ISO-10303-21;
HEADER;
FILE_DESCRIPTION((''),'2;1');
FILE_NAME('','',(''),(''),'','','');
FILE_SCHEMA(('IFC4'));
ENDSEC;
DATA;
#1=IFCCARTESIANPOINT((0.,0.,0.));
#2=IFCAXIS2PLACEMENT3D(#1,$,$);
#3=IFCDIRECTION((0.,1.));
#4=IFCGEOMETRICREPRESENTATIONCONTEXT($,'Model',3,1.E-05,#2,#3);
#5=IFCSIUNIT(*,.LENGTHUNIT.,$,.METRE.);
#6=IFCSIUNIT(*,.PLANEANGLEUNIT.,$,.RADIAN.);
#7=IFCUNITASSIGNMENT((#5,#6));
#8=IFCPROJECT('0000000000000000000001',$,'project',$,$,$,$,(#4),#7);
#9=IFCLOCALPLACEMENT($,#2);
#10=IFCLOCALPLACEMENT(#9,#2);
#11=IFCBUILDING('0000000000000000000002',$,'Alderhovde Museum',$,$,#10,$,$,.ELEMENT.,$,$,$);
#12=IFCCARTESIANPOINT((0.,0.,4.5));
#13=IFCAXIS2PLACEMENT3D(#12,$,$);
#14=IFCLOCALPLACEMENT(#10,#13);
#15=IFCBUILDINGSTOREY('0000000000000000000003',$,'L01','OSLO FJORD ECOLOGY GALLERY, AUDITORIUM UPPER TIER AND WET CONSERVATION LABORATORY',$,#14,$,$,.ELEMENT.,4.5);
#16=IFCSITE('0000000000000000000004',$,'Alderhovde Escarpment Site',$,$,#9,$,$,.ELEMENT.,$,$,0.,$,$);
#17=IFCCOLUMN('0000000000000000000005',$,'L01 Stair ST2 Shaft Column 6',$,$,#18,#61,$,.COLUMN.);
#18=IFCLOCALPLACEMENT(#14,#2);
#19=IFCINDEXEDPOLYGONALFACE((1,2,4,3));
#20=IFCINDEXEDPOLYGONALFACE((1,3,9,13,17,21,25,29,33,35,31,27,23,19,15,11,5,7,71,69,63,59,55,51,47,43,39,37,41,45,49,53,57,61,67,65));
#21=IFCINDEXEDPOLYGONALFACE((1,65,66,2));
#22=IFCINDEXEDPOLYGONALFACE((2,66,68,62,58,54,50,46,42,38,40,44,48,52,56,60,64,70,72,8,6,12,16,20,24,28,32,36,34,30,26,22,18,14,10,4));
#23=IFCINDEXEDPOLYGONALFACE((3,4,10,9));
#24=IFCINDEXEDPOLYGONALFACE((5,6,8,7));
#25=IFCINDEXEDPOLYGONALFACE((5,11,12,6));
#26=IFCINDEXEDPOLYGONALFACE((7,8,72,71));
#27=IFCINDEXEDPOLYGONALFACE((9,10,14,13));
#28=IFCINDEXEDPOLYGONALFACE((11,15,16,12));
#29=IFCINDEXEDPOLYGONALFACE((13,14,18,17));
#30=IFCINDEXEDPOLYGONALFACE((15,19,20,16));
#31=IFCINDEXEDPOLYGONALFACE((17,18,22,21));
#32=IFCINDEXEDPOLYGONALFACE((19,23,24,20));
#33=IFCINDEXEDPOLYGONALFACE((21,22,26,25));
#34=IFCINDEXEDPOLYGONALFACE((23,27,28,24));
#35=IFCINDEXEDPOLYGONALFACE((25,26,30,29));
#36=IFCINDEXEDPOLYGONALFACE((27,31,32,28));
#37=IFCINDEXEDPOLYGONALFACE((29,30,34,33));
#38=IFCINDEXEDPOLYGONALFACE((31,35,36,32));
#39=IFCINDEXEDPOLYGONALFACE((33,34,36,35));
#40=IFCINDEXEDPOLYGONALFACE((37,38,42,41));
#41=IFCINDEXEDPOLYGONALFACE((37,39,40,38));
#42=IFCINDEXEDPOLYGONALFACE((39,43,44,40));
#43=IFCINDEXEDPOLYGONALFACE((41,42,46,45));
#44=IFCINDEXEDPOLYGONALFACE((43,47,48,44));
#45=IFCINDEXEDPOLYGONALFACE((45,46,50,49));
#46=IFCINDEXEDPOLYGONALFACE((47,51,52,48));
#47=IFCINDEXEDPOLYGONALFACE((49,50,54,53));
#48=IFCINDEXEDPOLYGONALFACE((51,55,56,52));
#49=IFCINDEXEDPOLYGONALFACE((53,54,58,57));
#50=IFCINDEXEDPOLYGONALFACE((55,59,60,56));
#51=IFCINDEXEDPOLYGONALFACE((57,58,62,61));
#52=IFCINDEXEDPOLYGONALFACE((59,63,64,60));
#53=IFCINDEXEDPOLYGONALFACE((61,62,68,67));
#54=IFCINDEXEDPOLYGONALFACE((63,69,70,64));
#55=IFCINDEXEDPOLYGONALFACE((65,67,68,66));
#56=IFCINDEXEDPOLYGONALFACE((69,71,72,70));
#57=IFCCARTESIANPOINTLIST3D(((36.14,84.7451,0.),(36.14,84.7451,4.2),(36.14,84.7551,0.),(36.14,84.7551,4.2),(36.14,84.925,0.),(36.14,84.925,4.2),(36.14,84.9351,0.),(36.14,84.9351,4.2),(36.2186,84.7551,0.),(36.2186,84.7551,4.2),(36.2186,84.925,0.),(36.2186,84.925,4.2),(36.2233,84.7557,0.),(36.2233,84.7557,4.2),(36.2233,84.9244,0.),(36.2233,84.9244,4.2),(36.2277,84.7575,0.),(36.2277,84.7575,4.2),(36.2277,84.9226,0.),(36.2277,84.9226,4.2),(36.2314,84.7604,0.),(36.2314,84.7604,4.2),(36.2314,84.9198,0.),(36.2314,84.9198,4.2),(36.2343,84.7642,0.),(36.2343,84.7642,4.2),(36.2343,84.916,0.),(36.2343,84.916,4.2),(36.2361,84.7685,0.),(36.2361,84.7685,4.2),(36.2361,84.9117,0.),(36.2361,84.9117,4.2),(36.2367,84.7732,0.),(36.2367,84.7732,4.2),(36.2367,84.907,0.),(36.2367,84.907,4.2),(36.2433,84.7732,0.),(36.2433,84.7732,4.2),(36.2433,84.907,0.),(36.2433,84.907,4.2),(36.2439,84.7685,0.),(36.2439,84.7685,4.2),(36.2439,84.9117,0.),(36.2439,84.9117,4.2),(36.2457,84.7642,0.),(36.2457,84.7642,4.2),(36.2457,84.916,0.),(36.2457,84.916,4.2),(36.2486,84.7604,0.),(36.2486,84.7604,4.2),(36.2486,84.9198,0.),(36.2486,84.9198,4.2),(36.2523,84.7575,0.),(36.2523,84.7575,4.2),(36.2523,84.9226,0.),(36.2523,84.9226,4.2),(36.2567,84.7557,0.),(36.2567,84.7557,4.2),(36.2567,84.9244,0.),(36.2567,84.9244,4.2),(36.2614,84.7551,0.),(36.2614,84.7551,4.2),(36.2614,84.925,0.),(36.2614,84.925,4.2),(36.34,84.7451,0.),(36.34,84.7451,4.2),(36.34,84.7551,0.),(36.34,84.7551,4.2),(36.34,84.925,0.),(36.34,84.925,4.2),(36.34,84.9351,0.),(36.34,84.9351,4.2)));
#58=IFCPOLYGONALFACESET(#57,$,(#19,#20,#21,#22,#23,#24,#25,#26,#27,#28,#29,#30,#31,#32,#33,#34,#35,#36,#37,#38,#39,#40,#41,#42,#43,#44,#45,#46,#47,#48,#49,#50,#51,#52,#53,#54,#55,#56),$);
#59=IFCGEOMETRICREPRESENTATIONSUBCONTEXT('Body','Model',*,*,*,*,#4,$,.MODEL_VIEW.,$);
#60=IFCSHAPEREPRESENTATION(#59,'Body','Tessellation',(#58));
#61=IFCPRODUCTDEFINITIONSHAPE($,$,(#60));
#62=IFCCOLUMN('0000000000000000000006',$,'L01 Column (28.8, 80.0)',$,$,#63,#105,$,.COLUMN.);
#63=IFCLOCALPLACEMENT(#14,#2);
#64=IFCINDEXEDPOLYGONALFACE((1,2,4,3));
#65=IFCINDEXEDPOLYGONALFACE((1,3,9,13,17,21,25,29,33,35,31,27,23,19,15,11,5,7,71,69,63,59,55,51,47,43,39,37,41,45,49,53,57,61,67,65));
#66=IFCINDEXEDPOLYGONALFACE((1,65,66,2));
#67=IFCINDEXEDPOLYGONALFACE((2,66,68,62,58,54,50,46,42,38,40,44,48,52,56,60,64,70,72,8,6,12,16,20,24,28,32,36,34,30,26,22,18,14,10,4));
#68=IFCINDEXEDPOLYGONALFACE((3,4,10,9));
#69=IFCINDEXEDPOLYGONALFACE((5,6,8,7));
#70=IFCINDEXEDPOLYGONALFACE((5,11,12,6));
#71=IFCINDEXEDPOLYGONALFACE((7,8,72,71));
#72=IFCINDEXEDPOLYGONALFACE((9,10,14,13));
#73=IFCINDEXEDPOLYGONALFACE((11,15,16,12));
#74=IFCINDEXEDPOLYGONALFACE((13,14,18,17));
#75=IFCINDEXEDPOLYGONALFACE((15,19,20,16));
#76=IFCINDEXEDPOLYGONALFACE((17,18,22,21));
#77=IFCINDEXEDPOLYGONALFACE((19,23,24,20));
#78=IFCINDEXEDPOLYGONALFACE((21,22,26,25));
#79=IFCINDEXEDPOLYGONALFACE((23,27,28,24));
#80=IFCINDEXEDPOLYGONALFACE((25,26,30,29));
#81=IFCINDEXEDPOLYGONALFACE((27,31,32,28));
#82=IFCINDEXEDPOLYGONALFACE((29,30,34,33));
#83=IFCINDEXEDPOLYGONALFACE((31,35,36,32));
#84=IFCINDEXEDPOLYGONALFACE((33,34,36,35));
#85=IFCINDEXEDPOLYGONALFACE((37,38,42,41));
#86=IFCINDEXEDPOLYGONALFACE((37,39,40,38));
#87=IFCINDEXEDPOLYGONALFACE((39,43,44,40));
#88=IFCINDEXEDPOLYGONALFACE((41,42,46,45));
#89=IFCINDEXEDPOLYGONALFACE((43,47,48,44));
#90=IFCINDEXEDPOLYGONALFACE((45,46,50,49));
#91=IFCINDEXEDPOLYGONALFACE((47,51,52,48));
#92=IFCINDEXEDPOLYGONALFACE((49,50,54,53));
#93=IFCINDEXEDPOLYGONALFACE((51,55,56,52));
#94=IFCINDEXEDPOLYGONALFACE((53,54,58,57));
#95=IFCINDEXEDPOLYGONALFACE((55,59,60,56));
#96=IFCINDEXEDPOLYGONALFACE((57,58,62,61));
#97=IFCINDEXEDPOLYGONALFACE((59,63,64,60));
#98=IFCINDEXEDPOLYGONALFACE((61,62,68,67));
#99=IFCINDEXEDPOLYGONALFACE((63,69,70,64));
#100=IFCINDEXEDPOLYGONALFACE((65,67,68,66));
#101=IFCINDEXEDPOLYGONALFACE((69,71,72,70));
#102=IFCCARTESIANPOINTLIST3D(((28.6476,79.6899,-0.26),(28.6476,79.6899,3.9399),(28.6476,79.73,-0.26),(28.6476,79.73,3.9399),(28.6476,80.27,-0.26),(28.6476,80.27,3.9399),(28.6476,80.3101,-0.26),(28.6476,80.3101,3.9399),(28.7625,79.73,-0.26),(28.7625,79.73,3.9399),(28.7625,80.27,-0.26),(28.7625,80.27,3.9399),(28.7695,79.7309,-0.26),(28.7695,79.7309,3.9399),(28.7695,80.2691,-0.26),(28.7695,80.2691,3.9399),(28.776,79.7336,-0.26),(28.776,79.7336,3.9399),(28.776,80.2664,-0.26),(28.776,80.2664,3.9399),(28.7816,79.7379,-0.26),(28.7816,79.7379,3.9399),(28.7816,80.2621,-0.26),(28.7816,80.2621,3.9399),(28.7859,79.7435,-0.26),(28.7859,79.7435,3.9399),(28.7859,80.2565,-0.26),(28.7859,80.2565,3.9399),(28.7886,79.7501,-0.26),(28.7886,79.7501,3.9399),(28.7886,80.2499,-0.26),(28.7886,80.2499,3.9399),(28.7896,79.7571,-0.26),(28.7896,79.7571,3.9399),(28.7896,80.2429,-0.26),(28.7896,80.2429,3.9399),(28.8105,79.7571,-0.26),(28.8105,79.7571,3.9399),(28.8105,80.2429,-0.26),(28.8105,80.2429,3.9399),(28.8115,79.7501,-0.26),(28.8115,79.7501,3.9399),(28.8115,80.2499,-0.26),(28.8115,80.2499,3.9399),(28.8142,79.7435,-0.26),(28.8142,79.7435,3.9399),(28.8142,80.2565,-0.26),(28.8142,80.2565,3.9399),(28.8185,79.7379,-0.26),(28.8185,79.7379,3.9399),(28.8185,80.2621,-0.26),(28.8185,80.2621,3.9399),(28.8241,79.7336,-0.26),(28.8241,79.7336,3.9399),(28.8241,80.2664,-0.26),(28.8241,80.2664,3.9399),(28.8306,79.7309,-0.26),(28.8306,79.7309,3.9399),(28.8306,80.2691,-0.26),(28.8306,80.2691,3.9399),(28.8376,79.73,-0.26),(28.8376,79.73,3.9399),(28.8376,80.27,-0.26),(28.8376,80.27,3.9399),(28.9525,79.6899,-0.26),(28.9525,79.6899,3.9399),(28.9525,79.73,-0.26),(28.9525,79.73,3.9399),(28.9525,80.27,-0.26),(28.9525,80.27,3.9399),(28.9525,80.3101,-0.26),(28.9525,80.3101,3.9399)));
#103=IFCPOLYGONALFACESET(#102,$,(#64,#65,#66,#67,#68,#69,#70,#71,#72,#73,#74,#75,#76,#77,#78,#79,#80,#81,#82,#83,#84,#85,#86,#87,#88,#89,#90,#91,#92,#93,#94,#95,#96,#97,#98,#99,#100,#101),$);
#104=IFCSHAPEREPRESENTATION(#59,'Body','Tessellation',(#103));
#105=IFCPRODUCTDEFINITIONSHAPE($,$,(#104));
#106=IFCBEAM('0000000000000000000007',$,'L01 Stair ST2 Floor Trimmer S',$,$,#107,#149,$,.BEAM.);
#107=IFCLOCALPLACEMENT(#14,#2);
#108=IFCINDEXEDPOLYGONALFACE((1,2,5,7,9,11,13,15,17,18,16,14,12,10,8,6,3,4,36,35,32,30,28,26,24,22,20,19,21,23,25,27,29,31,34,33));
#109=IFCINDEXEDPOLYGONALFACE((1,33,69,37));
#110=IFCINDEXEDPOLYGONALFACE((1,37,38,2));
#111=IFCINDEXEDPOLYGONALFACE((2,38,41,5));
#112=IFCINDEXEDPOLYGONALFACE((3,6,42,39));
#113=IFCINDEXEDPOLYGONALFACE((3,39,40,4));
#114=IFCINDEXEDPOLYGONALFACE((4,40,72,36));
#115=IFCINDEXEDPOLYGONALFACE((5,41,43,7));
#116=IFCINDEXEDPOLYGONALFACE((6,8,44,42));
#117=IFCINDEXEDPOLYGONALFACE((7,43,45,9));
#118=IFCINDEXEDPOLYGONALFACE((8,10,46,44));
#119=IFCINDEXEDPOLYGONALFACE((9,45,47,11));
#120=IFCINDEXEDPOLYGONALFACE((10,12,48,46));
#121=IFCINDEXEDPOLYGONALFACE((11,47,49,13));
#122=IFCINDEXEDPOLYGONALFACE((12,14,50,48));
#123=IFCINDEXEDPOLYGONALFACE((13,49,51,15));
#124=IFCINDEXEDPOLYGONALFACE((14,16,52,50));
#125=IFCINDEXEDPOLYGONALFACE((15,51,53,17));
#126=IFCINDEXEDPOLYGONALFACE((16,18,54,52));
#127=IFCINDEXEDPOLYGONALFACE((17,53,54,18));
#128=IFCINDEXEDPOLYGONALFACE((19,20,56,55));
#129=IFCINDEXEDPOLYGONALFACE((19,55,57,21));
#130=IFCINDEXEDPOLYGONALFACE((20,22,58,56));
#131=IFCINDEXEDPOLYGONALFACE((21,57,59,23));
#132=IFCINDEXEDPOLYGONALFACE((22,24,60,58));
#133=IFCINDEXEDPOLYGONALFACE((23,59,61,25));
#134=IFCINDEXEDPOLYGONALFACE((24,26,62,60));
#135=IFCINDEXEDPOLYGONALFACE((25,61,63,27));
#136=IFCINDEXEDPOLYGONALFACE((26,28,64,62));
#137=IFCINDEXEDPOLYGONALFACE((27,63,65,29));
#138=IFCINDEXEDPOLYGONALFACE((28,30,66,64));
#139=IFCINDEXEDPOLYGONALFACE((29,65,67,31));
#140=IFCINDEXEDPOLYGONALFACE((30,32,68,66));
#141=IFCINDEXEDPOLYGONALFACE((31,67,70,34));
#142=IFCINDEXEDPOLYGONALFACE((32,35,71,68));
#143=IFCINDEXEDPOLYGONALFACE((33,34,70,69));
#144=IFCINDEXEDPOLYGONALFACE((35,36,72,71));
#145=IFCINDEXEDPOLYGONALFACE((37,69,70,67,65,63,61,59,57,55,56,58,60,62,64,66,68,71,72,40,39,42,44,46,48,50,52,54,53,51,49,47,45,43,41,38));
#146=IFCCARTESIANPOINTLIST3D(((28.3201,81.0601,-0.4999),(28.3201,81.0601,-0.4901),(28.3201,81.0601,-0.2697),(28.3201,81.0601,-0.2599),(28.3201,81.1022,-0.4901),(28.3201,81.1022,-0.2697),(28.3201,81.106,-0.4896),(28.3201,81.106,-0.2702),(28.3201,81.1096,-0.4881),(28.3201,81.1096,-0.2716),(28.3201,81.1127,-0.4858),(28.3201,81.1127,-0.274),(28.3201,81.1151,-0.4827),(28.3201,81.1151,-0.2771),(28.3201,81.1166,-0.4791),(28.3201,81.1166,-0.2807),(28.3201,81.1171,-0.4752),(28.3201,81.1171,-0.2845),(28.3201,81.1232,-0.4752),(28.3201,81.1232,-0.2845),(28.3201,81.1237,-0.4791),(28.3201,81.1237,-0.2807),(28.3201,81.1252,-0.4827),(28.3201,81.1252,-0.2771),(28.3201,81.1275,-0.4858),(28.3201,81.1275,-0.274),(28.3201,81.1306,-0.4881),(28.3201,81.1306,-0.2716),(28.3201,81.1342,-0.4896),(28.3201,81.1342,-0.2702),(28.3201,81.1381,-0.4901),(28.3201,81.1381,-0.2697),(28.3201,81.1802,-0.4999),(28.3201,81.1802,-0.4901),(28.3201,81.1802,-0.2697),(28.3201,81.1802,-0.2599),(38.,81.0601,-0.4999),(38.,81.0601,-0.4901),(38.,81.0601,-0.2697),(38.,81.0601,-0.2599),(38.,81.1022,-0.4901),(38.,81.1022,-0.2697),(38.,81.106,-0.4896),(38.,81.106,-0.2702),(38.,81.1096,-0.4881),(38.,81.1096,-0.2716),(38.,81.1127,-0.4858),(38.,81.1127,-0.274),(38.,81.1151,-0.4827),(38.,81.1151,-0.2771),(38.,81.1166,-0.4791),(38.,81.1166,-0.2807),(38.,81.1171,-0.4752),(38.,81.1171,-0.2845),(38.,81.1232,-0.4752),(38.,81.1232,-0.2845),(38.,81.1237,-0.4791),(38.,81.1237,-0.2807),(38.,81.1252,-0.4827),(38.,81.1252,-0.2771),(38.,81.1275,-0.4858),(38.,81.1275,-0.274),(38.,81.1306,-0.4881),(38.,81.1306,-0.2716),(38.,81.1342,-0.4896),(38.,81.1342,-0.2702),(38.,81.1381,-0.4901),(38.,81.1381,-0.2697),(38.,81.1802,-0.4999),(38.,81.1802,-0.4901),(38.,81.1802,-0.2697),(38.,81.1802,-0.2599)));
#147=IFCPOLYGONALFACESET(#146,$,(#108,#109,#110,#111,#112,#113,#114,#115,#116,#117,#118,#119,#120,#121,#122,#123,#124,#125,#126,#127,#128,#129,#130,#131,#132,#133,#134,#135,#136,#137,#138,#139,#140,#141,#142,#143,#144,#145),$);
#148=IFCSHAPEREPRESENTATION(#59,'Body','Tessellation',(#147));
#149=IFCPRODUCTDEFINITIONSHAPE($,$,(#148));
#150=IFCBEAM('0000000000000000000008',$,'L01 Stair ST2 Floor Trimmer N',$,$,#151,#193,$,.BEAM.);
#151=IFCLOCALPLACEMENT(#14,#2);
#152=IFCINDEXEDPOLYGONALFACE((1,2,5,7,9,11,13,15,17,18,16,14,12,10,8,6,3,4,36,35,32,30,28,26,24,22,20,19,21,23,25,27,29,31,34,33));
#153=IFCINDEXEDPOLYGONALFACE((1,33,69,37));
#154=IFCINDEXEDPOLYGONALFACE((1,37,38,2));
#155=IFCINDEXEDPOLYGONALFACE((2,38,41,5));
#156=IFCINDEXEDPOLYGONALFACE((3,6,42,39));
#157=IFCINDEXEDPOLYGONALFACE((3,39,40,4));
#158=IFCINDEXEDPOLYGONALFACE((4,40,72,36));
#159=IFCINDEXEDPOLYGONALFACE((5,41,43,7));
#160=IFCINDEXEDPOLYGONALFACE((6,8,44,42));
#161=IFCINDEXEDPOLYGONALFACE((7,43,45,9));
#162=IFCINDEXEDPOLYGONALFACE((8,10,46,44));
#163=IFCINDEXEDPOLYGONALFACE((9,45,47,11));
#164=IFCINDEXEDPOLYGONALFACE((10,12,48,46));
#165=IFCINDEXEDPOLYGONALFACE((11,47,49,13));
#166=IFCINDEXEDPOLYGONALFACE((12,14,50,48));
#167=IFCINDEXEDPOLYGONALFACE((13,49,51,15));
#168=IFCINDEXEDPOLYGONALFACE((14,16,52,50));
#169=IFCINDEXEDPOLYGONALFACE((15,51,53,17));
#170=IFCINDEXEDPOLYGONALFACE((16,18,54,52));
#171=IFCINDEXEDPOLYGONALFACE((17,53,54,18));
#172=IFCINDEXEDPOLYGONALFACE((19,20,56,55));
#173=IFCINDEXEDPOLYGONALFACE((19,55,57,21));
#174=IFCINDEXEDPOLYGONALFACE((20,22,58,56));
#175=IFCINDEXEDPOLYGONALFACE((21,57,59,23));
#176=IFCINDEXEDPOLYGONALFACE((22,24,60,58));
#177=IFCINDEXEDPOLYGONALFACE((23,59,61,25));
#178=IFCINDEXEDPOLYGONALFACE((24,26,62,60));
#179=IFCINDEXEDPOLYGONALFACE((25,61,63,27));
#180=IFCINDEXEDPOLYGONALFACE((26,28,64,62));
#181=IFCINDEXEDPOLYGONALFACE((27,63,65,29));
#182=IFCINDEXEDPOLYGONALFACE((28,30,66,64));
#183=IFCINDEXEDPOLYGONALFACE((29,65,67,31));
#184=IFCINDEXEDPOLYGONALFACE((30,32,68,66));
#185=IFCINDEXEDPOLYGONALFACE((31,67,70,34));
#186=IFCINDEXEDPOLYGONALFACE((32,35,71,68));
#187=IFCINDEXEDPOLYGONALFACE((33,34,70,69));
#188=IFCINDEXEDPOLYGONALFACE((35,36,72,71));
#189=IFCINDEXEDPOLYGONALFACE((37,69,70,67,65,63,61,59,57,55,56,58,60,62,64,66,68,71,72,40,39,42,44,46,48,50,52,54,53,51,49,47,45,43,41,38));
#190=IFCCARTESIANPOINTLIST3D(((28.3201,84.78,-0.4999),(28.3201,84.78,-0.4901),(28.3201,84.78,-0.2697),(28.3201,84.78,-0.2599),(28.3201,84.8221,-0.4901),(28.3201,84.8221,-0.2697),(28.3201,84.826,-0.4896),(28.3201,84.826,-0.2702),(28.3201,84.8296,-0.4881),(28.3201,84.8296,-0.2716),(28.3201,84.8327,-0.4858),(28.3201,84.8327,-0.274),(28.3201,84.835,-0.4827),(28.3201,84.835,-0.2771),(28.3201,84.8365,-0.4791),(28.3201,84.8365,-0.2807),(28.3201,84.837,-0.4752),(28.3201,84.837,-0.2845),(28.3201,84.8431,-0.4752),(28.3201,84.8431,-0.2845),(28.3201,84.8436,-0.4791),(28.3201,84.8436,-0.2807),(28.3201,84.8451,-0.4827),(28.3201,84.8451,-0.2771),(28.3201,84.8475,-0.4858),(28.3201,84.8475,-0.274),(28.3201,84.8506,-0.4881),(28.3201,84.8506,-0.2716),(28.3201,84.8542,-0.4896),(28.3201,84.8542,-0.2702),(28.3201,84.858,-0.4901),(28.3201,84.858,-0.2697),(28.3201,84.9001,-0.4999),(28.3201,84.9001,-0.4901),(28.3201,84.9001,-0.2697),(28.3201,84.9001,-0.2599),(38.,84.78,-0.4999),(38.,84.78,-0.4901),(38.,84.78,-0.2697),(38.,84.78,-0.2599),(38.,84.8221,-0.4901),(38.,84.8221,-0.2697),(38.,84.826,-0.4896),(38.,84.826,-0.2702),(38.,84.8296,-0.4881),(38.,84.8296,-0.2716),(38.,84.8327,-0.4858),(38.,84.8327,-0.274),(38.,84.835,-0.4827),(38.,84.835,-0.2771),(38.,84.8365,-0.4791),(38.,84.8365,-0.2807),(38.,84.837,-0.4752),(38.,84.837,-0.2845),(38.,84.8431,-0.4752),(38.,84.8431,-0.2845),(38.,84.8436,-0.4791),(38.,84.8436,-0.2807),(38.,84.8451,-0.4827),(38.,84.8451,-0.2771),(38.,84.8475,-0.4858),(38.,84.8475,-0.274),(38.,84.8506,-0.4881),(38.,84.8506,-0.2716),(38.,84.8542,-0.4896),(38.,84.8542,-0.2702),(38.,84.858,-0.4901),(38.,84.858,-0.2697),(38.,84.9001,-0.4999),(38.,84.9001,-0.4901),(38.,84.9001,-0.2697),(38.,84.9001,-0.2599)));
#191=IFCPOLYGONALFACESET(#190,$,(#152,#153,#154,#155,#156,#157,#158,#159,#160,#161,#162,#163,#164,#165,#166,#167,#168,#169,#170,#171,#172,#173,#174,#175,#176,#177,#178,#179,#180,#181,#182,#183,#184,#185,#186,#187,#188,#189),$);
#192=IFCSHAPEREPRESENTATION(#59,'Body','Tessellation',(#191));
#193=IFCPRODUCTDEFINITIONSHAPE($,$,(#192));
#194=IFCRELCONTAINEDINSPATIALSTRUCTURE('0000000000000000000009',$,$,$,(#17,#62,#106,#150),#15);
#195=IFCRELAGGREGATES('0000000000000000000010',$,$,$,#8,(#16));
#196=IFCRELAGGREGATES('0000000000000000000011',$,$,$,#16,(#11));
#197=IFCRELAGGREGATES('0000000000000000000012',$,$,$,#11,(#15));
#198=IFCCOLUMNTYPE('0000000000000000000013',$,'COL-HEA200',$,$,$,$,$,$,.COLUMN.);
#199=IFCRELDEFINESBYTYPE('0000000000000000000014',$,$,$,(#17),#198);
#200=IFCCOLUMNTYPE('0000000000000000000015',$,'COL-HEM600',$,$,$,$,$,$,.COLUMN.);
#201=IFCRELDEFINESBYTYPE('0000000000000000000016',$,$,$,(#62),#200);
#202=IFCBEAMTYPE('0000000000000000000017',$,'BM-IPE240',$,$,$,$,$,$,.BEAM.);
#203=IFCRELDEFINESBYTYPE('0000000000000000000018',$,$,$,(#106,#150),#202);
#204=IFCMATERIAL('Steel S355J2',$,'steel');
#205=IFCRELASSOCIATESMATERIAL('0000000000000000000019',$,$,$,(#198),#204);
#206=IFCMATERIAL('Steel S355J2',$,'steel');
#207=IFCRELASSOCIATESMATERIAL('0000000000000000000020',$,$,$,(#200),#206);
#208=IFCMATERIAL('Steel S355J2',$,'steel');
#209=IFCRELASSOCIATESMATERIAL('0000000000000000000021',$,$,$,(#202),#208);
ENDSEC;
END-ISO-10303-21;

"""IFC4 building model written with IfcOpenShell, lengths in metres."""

from ifc_helpers import new_model, si_unit, direction, frame, origin, origin_2d, place, context, subcontext, project, spatial, i_section, extrude, material, material_profile, profile_set, type_object, element, save


model = new_model("IFC4")

# Units and contexts
model_context = context("Model", 3, precision=1e-05, world=origin(), true_north=direction((0.0, 1.0)))
body_context = subcontext(model_context, "Body", "Model", "MODEL_VIEW")
ifc_project = project(units=[si_unit("LENGTHUNIT", "METRE"), si_unit("PLANEANGLEUNIT", "RADIAN")], contexts=[model_context])

# Site, building, storey
site_placement = place(None, origin())
site = spatial("IfcSite", under=ifc_project, at=site_placement, Name="Alderhovde Escarpment Site", CompositionType="ELEMENT", RefElevation=0.0)
building_placement = place(site_placement, origin())
building = spatial("IfcBuilding", under=site, at=building_placement, Name="Alderhovde Museum", CompositionType="ELEMENT")
storey_placement = place(building_placement, frame((0.0, 0.0, 4.5)))
storey = spatial("IfcBuildingStorey", under=building, at=storey_placement, Name="L01", Description="OSLO FJORD ECOLOGY GALLERY, AUDITORIUM UPPER TIER AND WET CONSERVATION LABORATORY", CompositionType="ELEMENT", Elevation=4.5)

# Columns
ifc_material_1 = material(Name="Steel S355J2", Category="steel")
ifc_material_profile_1 = material_profile(ifc_material_1, i_section(OverallWidth=0.2, OverallDepth=0.1899, WebThickness=0.0066, FlangeThickness=0.01, FilletRadius=0.0181, at=origin_2d()), Name="HEA 200")
ifc_profile_set_1 = profile_set([ifc_material_profile_1], Name="Steel S355J2")
column_type_1 = type_object("IfcColumnType", Name="COL-HEA200", PredefinedType="COLUMN", material=ifc_profile_set_1)
for number, where, z_axis, x_axis, name in (
    (1, (36.24, 84.8401, 0.0), (0.0, 0.0, 1.0), (1.0, 0.0, 0.0), "L01 Stair ST2 Shaft Column 6"),
):
    element("IfcColumn", number, at=place(storey_placement, frame(where, z_axis=z_axis, x_axis=x_axis)), inside=storey, type_object=column_type_1, Name=name, PredefinedType="COLUMN", context=body_context, shape_type="SweptSolid", body=[
        extrude(i_section(OverallWidth=0.2, OverallDepth=0.1899, WebThickness=0.0066, FlangeThickness=0.01, FilletRadius=0.0181, at=origin_2d()), origin(), (0.0, 0.0, 1.0), 4.2),
    ])
ifc_material_2 = material(Name="Steel S355J2", Category="steel")
ifc_material_profile_2 = material_profile(ifc_material_2, i_section(OverallWidth=0.3049, OverallDepth=0.6201, WebThickness=0.021, FlangeThickness=0.04, FilletRadius=0.0271, at=origin_2d()), Name="HEM 600")
ifc_profile_set_2 = profile_set([ifc_material_profile_2], Name="Steel S355J2")
column_type_2 = type_object("IfcColumnType", Name="COL-HEM600", PredefinedType="COLUMN", material=ifc_profile_set_2)
column_placement = place(storey_placement, frame((28.8, 80.0, -0.26), z_axis=(0.0, 0.0, 1.0), x_axis=(1.0, 0.0, 0.0)))
element("IfcColumn", 2, at=column_placement, inside=storey, type_object=column_type_2, Name="L01 Column (28.8, 80.0)", PredefinedType="COLUMN", context=body_context, shape_type="SweptSolid", body=[
    extrude(i_section(OverallWidth=0.3049, OverallDepth=0.6201, WebThickness=0.021, FlangeThickness=0.04, FilletRadius=0.0271, at=origin_2d()), origin(), (0.0, 0.0, 1.0), 4.2),
])

# Beams
ifc_material_3 = material(Name="Steel S355J2", Category="steel")
ifc_material_profile_3 = material_profile(ifc_material_3, i_section(OverallWidth=0.1201, OverallDepth=0.24, WebThickness=0.0061, FlangeThickness=0.0098, FilletRadius=0.0149, at=origin_2d()), Name="IPE 240")
ifc_profile_set_3 = profile_set([ifc_material_profile_3], Name="Steel S355J2")
beam_type_1 = type_object("IfcBeamType", Name="BM-IPE240", PredefinedType="BEAM", material=ifc_profile_set_3)
for number, where, z_axis, x_axis, name in (
    (3, (28.3201, 81.1201, -0.3799), (1.0, 0.0, 0.0), (0.0, 1.0, 0.0), "L01 Stair ST2 Floor Trimmer S"),
    (4, (28.3201, 84.8401, -0.3799), (1.0, 0.0, 0.0), (0.0, 1.0, 0.0), "L01 Stair ST2 Floor Trimmer N"),
):
    element("IfcBeam", number, at=place(storey_placement, frame(where, z_axis=z_axis, x_axis=x_axis)), inside=storey, type_object=beam_type_1, Name=name, PredefinedType="BEAM", context=body_context, shape_type="SweptSolid", body=[
        extrude(i_section(OverallWidth=0.1201, OverallDepth=0.24, WebThickness=0.0061, FlangeThickness=0.0098, FilletRadius=0.0149, at=origin_2d()), origin(), (0.0, 0.0, 1.0), 9.6799),
    ])

save(model, "model.ifc")
